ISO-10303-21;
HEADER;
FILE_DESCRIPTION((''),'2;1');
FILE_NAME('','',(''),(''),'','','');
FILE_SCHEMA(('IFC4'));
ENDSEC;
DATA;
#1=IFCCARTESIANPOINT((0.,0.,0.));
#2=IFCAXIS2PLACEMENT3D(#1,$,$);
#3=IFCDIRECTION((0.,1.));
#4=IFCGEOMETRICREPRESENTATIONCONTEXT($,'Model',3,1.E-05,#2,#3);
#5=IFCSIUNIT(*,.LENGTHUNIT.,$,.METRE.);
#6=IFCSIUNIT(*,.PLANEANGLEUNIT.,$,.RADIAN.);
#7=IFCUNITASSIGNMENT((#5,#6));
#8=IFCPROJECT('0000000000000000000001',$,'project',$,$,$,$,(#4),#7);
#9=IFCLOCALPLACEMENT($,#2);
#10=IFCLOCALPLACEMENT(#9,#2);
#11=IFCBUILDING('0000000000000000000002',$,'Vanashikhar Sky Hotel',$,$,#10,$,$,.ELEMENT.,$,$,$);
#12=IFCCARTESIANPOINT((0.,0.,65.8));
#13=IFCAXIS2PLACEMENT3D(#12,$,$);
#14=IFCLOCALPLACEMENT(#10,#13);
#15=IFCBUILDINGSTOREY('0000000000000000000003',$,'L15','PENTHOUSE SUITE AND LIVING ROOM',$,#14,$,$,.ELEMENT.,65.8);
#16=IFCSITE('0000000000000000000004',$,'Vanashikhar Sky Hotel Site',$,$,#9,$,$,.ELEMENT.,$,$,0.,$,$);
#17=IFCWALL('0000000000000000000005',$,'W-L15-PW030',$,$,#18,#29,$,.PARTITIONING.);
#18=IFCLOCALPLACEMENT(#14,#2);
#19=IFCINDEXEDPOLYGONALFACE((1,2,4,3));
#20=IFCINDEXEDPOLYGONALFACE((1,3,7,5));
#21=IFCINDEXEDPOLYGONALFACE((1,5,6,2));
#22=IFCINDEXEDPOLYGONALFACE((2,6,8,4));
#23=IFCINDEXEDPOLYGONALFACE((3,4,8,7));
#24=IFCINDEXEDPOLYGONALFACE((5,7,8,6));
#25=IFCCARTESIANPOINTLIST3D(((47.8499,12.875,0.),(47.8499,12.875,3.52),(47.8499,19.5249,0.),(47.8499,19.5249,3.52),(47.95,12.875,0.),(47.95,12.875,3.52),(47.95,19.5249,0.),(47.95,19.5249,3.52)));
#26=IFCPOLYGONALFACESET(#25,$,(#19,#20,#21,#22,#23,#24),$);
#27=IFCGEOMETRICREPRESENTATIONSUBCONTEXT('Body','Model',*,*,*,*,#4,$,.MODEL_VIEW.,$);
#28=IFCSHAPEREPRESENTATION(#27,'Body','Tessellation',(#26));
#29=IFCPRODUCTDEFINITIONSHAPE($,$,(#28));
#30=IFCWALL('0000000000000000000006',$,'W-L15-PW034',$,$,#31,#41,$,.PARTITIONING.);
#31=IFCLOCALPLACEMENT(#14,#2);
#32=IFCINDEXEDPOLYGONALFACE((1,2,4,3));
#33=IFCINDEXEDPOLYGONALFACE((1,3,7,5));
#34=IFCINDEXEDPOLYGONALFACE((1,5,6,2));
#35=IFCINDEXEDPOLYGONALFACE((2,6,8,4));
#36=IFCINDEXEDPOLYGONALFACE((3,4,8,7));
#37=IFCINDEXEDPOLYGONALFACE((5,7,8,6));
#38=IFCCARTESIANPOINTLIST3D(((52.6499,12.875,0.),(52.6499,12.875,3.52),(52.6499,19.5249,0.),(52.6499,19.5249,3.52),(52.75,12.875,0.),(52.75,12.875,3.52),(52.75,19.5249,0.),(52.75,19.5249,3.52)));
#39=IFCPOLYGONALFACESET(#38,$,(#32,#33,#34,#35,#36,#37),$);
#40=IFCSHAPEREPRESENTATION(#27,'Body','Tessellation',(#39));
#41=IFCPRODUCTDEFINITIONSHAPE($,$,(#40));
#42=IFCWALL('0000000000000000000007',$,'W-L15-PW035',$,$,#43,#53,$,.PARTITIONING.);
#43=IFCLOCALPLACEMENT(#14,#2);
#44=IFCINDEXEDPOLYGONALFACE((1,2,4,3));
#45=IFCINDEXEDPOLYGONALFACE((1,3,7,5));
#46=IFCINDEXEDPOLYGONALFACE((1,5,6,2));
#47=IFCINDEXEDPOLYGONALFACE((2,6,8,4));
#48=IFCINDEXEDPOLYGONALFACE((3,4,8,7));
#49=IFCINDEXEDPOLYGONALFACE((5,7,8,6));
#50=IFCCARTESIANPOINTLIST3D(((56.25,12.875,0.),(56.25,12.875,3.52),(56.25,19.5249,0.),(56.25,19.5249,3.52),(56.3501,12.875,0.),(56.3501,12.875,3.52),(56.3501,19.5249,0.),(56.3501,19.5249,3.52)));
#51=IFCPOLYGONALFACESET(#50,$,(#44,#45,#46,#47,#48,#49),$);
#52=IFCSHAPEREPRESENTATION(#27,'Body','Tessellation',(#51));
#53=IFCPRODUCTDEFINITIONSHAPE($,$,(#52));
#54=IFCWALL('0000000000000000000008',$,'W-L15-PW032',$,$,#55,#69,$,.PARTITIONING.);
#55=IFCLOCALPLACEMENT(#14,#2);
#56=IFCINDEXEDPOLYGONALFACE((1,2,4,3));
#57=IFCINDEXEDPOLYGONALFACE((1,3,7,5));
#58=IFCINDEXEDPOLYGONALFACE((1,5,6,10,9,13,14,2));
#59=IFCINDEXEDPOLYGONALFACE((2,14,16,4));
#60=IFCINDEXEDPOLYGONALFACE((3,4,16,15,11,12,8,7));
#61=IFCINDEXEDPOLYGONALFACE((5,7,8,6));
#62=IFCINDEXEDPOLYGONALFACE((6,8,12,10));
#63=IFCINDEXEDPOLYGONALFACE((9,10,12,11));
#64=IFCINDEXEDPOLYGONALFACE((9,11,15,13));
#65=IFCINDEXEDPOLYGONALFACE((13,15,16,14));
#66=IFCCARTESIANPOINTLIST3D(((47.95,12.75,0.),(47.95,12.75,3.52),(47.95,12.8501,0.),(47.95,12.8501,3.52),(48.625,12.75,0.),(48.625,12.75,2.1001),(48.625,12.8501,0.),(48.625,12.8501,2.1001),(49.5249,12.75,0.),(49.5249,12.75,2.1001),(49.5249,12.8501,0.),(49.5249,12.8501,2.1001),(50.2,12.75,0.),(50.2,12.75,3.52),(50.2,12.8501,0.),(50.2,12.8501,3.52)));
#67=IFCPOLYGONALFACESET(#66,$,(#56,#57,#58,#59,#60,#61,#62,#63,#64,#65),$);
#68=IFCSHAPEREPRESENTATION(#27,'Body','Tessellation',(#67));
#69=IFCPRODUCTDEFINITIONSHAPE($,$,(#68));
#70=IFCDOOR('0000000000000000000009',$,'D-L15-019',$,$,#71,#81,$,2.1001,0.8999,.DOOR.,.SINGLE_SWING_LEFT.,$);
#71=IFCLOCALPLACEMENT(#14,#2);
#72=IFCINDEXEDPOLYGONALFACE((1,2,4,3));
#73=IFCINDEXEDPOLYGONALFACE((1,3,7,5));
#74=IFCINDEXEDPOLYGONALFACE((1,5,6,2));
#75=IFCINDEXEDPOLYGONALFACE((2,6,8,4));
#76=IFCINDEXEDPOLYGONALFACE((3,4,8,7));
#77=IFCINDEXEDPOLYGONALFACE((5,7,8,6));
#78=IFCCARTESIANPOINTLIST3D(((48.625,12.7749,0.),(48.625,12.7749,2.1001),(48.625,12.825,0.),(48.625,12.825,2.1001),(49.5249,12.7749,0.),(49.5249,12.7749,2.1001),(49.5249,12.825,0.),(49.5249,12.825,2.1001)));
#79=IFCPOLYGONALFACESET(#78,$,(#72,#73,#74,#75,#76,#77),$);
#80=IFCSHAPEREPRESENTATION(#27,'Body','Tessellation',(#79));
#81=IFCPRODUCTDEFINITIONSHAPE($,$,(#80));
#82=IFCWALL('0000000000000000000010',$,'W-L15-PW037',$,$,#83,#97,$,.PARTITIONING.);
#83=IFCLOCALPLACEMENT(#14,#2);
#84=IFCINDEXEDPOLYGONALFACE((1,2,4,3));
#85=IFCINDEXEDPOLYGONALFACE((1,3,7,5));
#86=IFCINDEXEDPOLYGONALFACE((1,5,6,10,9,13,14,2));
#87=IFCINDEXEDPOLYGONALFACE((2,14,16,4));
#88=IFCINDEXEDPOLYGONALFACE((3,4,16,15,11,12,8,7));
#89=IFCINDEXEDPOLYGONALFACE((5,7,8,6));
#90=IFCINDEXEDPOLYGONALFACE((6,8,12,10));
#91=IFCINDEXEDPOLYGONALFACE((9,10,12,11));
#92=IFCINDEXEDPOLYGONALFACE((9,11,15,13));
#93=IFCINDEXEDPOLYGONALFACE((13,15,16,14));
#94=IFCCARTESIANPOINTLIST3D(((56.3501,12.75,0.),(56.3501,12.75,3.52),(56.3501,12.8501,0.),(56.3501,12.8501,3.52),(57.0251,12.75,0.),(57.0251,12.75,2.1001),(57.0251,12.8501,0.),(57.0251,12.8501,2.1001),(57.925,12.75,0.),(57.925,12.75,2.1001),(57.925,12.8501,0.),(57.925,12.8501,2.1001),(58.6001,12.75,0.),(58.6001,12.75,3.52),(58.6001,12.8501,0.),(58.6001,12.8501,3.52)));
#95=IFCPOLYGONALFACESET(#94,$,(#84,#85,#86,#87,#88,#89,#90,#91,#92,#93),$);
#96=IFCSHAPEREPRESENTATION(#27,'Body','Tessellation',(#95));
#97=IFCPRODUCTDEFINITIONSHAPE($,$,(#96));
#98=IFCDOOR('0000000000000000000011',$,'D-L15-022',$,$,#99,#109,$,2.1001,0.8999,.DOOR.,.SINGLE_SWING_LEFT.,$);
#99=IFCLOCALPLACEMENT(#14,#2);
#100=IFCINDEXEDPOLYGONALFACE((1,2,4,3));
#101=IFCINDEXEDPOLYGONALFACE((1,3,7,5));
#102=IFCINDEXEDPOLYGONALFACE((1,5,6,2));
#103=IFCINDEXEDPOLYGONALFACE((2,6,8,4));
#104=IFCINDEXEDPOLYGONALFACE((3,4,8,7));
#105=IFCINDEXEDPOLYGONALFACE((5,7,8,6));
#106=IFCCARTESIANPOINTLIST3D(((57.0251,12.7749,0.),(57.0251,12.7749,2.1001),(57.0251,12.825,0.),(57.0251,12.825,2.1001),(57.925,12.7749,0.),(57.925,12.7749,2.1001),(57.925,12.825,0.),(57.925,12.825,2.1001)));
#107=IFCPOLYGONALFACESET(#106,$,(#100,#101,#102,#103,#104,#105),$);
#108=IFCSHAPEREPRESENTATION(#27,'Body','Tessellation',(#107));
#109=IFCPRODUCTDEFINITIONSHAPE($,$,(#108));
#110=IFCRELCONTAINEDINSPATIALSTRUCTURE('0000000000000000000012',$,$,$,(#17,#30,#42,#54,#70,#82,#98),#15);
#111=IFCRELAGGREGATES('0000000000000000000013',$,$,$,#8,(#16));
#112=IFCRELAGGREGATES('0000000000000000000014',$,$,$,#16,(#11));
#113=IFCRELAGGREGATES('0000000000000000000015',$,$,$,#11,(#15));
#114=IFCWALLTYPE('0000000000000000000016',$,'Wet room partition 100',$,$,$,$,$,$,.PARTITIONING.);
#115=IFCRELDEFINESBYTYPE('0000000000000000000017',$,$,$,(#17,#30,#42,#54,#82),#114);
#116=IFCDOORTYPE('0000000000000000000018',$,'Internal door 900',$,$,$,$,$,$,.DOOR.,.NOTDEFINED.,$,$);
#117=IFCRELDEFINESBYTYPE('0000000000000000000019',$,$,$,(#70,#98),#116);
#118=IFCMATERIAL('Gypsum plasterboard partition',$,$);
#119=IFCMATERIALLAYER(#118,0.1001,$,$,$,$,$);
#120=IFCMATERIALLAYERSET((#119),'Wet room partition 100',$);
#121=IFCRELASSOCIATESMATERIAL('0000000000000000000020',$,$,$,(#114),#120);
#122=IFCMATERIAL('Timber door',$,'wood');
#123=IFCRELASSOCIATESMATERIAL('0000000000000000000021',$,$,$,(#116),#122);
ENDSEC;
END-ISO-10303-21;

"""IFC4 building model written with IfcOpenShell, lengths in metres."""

from ifc_helpers import new_model, si_unit, direction, frame, frame_2d, origin, place, context, subcontext, project, spatial, rectangle, extrude, source, transform, mapped, material, layer, layer_set, type_object, element, fill, save


model = new_model("IFC4")

# Units and contexts
model_context = context("Model", 3, precision=1e-05, world=origin(), true_north=direction((0.0, 1.0)))
body_context = subcontext(model_context, "Body", "Model", "MODEL_VIEW")
ifc_project = project(units=[si_unit("LENGTHUNIT", "METRE"), si_unit("PLANEANGLEUNIT", "RADIAN")], contexts=[model_context])

# Site, building, storey
site_placement = place(None, origin())
site = spatial("IfcSite", under=ifc_project, at=site_placement, Name="Vanashikhar Sky Hotel Site", CompositionType="ELEMENT", RefElevation=0.0)
building_placement = place(site_placement, origin())
building = spatial("IfcBuilding", under=site, at=building_placement, Name="Vanashikhar Sky Hotel", CompositionType="ELEMENT")
storey_placement = place(building_placement, frame((0.0, 0.0, 65.8)))
storey = spatial("IfcBuildingStorey", under=building, at=storey_placement, Name="L15", Description="PENTHOUSE SUITE AND LIVING ROOM", CompositionType="ELEMENT", Elevation=65.8)

# Shared definitions
ifc_material_1 = material(Name="Gypsum plasterboard partition")
ifc_layer_1 = layer(ifc_material_1, 0.1001)
ifc_layer_set_1 = layer_set([ifc_layer_1], Name="Wet room partition 100")
wall_type_1 = type_object("IfcWallType", Name="Wet room partition 100", PredefinedType="PARTITIONING", material=ifc_layer_set_1)
shared_shape_1 = source(origin(), body_context, "Body", "SweptSolid", [
    extrude(rectangle(XDim=0.8999, YDim=2.1001, at=frame_2d((0.45, 1.05))), frame((0.0, 0.0601, 0.0), z_axis=(0.0, -1.0, 0.0), x_axis=(1.0, 0.0, 0.0)), (0.0, 0.0, 1.0), 0.1201),
])
ifc_material_2 = material(Name="Timber door", Category="wood")
door_type_1 = type_object("IfcDoorType", Name="Internal door 900", OperationType="NOTDEFINED", PredefinedType="DOOR", material=ifc_material_2)
shared_shape_2 = source(origin(), body_context, "Body", "SweptSolid", [
    extrude(rectangle(XDim=0.8999, YDim=2.1001, at=frame_2d((0.45, 1.05))), frame((0.0, 0.0249, 0.0), z_axis=(0.0, -1.0, 0.0), x_axis=(1.0, 0.0, 0.0)), (0.0, 0.0, 1.0), 0.05),
])

# Walls
shared_shape_3 = source(origin(), body_context, "Body", "SweptSolid", [
    extrude(rectangle(XDim=6.6499, YDim=0.1001, at=frame_2d((3.325, 0.0))), origin(), (0.0, 0.0, 1.0), 3.52),
])
for number, where, z_axis, x_axis, name in (
    (1, (47.8999, 12.875, 0.0), (0.0, 0.0, 1.0), (0.0, 1.0, 0.0), "W-L15-PW030"),
    (2, (52.7, 12.875, 0.0), (0.0, 0.0, 1.0), (0.0, 1.0, 0.0), "W-L15-PW034"),
    (3, (56.3, 12.875, 0.0), (0.0, 0.0, 1.0), (0.0, 1.0, 0.0), "W-L15-PW035"),
):
    element("IfcWall", number, at=place(storey_placement, frame(where, z_axis=z_axis, x_axis=x_axis)), inside=storey, type_object=wall_type_1, Name=name, PredefinedType="PARTITIONING", context=body_context, shape_type="MappedRepresentation", body=[
        mapped(shared_shape_3, transform((0.0, 0.0, 0.0), scale=1.0)),
    ])

# Walls, openings, doors
shared_shape_4 = source(origin(), body_context, "Body", "SweptSolid", [
    extrude(rectangle(XDim=2.25, YDim=0.1001, at=frame_2d((1.125, 0.0))), origin(), (0.0, 0.0, 1.0), 3.52),
])
wall_1_placement = place(storey_placement, frame((47.95, 12.8, 0.0), z_axis=(0.0, 0.0, 1.0), x_axis=(1.0, 0.0, 0.0)))
wall_1 = element("IfcWall", 4, at=wall_1_placement, inside=storey, type_object=wall_type_1, Name="W-L15-PW032", PredefinedType="PARTITIONING", context=body_context, shape_type="MappedRepresentation", body=[
    mapped(shared_shape_4, transform((0.0, 0.0, 0.0), scale=1.0)),
])
opening_1_placement = place(wall_1_placement, frame((0.675, 0.0, 0.0)))
opening_1 = element("IfcOpeningElement", 5, at=opening_1_placement, cuts=wall_1, PredefinedType="OPENING", context=body_context, shape_type="MappedRepresentation", body=[
    mapped(shared_shape_1, transform((0.0, 0.0, 0.0), scale=1.0)),
])
door_1_placement = place(opening_1_placement, origin())
door_1 = element("IfcDoor", 6, at=door_1_placement, inside=storey, type_object=door_type_1, Name="D-L15-019", OperationType="SINGLE_SWING_LEFT", OverallHeight=2.1001, OverallWidth=0.8999, PredefinedType="DOOR", context=body_context, shape_type="MappedRepresentation", body=[
    mapped(shared_shape_2, transform((0.0, 0.0, 0.0), scale=1.0)),
])
fill(opening_1, door_1)
wall_2_placement = place(storey_placement, frame((56.3501, 12.8, 0.0), z_axis=(0.0, 0.0, 1.0), x_axis=(1.0, 0.0, 0.0)))
wall_2 = element("IfcWall", 7, at=wall_2_placement, inside=storey, type_object=wall_type_1, Name="W-L15-PW037", PredefinedType="PARTITIONING", context=body_context, shape_type="MappedRepresentation", body=[
    mapped(shared_shape_4, transform((0.0, 0.0, 0.0), scale=1.0)),
])
opening_2_placement = place(wall_2_placement, frame((0.675, 0.0, 0.0)))
opening_2 = element("IfcOpeningElement", 8, at=opening_2_placement, cuts=wall_2, PredefinedType="OPENING", context=body_context, shape_type="MappedRepresentation", body=[
    mapped(shared_shape_1, transform((0.0, 0.0, 0.0), scale=1.0)),
])
door_2_placement = place(opening_2_placement, origin())
door_2 = element("IfcDoor", 9, at=door_2_placement, inside=storey, type_object=door_type_1, Name="D-L15-022", OperationType="SINGLE_SWING_LEFT", OverallHeight=2.1001, OverallWidth=0.8999, PredefinedType="DOOR", context=body_context, shape_type="MappedRepresentation", body=[
    mapped(shared_shape_2, transform((0.0, 0.0, 0.0), scale=1.0)),
])
fill(opening_2, door_2)

save(model, "model.ifc")
